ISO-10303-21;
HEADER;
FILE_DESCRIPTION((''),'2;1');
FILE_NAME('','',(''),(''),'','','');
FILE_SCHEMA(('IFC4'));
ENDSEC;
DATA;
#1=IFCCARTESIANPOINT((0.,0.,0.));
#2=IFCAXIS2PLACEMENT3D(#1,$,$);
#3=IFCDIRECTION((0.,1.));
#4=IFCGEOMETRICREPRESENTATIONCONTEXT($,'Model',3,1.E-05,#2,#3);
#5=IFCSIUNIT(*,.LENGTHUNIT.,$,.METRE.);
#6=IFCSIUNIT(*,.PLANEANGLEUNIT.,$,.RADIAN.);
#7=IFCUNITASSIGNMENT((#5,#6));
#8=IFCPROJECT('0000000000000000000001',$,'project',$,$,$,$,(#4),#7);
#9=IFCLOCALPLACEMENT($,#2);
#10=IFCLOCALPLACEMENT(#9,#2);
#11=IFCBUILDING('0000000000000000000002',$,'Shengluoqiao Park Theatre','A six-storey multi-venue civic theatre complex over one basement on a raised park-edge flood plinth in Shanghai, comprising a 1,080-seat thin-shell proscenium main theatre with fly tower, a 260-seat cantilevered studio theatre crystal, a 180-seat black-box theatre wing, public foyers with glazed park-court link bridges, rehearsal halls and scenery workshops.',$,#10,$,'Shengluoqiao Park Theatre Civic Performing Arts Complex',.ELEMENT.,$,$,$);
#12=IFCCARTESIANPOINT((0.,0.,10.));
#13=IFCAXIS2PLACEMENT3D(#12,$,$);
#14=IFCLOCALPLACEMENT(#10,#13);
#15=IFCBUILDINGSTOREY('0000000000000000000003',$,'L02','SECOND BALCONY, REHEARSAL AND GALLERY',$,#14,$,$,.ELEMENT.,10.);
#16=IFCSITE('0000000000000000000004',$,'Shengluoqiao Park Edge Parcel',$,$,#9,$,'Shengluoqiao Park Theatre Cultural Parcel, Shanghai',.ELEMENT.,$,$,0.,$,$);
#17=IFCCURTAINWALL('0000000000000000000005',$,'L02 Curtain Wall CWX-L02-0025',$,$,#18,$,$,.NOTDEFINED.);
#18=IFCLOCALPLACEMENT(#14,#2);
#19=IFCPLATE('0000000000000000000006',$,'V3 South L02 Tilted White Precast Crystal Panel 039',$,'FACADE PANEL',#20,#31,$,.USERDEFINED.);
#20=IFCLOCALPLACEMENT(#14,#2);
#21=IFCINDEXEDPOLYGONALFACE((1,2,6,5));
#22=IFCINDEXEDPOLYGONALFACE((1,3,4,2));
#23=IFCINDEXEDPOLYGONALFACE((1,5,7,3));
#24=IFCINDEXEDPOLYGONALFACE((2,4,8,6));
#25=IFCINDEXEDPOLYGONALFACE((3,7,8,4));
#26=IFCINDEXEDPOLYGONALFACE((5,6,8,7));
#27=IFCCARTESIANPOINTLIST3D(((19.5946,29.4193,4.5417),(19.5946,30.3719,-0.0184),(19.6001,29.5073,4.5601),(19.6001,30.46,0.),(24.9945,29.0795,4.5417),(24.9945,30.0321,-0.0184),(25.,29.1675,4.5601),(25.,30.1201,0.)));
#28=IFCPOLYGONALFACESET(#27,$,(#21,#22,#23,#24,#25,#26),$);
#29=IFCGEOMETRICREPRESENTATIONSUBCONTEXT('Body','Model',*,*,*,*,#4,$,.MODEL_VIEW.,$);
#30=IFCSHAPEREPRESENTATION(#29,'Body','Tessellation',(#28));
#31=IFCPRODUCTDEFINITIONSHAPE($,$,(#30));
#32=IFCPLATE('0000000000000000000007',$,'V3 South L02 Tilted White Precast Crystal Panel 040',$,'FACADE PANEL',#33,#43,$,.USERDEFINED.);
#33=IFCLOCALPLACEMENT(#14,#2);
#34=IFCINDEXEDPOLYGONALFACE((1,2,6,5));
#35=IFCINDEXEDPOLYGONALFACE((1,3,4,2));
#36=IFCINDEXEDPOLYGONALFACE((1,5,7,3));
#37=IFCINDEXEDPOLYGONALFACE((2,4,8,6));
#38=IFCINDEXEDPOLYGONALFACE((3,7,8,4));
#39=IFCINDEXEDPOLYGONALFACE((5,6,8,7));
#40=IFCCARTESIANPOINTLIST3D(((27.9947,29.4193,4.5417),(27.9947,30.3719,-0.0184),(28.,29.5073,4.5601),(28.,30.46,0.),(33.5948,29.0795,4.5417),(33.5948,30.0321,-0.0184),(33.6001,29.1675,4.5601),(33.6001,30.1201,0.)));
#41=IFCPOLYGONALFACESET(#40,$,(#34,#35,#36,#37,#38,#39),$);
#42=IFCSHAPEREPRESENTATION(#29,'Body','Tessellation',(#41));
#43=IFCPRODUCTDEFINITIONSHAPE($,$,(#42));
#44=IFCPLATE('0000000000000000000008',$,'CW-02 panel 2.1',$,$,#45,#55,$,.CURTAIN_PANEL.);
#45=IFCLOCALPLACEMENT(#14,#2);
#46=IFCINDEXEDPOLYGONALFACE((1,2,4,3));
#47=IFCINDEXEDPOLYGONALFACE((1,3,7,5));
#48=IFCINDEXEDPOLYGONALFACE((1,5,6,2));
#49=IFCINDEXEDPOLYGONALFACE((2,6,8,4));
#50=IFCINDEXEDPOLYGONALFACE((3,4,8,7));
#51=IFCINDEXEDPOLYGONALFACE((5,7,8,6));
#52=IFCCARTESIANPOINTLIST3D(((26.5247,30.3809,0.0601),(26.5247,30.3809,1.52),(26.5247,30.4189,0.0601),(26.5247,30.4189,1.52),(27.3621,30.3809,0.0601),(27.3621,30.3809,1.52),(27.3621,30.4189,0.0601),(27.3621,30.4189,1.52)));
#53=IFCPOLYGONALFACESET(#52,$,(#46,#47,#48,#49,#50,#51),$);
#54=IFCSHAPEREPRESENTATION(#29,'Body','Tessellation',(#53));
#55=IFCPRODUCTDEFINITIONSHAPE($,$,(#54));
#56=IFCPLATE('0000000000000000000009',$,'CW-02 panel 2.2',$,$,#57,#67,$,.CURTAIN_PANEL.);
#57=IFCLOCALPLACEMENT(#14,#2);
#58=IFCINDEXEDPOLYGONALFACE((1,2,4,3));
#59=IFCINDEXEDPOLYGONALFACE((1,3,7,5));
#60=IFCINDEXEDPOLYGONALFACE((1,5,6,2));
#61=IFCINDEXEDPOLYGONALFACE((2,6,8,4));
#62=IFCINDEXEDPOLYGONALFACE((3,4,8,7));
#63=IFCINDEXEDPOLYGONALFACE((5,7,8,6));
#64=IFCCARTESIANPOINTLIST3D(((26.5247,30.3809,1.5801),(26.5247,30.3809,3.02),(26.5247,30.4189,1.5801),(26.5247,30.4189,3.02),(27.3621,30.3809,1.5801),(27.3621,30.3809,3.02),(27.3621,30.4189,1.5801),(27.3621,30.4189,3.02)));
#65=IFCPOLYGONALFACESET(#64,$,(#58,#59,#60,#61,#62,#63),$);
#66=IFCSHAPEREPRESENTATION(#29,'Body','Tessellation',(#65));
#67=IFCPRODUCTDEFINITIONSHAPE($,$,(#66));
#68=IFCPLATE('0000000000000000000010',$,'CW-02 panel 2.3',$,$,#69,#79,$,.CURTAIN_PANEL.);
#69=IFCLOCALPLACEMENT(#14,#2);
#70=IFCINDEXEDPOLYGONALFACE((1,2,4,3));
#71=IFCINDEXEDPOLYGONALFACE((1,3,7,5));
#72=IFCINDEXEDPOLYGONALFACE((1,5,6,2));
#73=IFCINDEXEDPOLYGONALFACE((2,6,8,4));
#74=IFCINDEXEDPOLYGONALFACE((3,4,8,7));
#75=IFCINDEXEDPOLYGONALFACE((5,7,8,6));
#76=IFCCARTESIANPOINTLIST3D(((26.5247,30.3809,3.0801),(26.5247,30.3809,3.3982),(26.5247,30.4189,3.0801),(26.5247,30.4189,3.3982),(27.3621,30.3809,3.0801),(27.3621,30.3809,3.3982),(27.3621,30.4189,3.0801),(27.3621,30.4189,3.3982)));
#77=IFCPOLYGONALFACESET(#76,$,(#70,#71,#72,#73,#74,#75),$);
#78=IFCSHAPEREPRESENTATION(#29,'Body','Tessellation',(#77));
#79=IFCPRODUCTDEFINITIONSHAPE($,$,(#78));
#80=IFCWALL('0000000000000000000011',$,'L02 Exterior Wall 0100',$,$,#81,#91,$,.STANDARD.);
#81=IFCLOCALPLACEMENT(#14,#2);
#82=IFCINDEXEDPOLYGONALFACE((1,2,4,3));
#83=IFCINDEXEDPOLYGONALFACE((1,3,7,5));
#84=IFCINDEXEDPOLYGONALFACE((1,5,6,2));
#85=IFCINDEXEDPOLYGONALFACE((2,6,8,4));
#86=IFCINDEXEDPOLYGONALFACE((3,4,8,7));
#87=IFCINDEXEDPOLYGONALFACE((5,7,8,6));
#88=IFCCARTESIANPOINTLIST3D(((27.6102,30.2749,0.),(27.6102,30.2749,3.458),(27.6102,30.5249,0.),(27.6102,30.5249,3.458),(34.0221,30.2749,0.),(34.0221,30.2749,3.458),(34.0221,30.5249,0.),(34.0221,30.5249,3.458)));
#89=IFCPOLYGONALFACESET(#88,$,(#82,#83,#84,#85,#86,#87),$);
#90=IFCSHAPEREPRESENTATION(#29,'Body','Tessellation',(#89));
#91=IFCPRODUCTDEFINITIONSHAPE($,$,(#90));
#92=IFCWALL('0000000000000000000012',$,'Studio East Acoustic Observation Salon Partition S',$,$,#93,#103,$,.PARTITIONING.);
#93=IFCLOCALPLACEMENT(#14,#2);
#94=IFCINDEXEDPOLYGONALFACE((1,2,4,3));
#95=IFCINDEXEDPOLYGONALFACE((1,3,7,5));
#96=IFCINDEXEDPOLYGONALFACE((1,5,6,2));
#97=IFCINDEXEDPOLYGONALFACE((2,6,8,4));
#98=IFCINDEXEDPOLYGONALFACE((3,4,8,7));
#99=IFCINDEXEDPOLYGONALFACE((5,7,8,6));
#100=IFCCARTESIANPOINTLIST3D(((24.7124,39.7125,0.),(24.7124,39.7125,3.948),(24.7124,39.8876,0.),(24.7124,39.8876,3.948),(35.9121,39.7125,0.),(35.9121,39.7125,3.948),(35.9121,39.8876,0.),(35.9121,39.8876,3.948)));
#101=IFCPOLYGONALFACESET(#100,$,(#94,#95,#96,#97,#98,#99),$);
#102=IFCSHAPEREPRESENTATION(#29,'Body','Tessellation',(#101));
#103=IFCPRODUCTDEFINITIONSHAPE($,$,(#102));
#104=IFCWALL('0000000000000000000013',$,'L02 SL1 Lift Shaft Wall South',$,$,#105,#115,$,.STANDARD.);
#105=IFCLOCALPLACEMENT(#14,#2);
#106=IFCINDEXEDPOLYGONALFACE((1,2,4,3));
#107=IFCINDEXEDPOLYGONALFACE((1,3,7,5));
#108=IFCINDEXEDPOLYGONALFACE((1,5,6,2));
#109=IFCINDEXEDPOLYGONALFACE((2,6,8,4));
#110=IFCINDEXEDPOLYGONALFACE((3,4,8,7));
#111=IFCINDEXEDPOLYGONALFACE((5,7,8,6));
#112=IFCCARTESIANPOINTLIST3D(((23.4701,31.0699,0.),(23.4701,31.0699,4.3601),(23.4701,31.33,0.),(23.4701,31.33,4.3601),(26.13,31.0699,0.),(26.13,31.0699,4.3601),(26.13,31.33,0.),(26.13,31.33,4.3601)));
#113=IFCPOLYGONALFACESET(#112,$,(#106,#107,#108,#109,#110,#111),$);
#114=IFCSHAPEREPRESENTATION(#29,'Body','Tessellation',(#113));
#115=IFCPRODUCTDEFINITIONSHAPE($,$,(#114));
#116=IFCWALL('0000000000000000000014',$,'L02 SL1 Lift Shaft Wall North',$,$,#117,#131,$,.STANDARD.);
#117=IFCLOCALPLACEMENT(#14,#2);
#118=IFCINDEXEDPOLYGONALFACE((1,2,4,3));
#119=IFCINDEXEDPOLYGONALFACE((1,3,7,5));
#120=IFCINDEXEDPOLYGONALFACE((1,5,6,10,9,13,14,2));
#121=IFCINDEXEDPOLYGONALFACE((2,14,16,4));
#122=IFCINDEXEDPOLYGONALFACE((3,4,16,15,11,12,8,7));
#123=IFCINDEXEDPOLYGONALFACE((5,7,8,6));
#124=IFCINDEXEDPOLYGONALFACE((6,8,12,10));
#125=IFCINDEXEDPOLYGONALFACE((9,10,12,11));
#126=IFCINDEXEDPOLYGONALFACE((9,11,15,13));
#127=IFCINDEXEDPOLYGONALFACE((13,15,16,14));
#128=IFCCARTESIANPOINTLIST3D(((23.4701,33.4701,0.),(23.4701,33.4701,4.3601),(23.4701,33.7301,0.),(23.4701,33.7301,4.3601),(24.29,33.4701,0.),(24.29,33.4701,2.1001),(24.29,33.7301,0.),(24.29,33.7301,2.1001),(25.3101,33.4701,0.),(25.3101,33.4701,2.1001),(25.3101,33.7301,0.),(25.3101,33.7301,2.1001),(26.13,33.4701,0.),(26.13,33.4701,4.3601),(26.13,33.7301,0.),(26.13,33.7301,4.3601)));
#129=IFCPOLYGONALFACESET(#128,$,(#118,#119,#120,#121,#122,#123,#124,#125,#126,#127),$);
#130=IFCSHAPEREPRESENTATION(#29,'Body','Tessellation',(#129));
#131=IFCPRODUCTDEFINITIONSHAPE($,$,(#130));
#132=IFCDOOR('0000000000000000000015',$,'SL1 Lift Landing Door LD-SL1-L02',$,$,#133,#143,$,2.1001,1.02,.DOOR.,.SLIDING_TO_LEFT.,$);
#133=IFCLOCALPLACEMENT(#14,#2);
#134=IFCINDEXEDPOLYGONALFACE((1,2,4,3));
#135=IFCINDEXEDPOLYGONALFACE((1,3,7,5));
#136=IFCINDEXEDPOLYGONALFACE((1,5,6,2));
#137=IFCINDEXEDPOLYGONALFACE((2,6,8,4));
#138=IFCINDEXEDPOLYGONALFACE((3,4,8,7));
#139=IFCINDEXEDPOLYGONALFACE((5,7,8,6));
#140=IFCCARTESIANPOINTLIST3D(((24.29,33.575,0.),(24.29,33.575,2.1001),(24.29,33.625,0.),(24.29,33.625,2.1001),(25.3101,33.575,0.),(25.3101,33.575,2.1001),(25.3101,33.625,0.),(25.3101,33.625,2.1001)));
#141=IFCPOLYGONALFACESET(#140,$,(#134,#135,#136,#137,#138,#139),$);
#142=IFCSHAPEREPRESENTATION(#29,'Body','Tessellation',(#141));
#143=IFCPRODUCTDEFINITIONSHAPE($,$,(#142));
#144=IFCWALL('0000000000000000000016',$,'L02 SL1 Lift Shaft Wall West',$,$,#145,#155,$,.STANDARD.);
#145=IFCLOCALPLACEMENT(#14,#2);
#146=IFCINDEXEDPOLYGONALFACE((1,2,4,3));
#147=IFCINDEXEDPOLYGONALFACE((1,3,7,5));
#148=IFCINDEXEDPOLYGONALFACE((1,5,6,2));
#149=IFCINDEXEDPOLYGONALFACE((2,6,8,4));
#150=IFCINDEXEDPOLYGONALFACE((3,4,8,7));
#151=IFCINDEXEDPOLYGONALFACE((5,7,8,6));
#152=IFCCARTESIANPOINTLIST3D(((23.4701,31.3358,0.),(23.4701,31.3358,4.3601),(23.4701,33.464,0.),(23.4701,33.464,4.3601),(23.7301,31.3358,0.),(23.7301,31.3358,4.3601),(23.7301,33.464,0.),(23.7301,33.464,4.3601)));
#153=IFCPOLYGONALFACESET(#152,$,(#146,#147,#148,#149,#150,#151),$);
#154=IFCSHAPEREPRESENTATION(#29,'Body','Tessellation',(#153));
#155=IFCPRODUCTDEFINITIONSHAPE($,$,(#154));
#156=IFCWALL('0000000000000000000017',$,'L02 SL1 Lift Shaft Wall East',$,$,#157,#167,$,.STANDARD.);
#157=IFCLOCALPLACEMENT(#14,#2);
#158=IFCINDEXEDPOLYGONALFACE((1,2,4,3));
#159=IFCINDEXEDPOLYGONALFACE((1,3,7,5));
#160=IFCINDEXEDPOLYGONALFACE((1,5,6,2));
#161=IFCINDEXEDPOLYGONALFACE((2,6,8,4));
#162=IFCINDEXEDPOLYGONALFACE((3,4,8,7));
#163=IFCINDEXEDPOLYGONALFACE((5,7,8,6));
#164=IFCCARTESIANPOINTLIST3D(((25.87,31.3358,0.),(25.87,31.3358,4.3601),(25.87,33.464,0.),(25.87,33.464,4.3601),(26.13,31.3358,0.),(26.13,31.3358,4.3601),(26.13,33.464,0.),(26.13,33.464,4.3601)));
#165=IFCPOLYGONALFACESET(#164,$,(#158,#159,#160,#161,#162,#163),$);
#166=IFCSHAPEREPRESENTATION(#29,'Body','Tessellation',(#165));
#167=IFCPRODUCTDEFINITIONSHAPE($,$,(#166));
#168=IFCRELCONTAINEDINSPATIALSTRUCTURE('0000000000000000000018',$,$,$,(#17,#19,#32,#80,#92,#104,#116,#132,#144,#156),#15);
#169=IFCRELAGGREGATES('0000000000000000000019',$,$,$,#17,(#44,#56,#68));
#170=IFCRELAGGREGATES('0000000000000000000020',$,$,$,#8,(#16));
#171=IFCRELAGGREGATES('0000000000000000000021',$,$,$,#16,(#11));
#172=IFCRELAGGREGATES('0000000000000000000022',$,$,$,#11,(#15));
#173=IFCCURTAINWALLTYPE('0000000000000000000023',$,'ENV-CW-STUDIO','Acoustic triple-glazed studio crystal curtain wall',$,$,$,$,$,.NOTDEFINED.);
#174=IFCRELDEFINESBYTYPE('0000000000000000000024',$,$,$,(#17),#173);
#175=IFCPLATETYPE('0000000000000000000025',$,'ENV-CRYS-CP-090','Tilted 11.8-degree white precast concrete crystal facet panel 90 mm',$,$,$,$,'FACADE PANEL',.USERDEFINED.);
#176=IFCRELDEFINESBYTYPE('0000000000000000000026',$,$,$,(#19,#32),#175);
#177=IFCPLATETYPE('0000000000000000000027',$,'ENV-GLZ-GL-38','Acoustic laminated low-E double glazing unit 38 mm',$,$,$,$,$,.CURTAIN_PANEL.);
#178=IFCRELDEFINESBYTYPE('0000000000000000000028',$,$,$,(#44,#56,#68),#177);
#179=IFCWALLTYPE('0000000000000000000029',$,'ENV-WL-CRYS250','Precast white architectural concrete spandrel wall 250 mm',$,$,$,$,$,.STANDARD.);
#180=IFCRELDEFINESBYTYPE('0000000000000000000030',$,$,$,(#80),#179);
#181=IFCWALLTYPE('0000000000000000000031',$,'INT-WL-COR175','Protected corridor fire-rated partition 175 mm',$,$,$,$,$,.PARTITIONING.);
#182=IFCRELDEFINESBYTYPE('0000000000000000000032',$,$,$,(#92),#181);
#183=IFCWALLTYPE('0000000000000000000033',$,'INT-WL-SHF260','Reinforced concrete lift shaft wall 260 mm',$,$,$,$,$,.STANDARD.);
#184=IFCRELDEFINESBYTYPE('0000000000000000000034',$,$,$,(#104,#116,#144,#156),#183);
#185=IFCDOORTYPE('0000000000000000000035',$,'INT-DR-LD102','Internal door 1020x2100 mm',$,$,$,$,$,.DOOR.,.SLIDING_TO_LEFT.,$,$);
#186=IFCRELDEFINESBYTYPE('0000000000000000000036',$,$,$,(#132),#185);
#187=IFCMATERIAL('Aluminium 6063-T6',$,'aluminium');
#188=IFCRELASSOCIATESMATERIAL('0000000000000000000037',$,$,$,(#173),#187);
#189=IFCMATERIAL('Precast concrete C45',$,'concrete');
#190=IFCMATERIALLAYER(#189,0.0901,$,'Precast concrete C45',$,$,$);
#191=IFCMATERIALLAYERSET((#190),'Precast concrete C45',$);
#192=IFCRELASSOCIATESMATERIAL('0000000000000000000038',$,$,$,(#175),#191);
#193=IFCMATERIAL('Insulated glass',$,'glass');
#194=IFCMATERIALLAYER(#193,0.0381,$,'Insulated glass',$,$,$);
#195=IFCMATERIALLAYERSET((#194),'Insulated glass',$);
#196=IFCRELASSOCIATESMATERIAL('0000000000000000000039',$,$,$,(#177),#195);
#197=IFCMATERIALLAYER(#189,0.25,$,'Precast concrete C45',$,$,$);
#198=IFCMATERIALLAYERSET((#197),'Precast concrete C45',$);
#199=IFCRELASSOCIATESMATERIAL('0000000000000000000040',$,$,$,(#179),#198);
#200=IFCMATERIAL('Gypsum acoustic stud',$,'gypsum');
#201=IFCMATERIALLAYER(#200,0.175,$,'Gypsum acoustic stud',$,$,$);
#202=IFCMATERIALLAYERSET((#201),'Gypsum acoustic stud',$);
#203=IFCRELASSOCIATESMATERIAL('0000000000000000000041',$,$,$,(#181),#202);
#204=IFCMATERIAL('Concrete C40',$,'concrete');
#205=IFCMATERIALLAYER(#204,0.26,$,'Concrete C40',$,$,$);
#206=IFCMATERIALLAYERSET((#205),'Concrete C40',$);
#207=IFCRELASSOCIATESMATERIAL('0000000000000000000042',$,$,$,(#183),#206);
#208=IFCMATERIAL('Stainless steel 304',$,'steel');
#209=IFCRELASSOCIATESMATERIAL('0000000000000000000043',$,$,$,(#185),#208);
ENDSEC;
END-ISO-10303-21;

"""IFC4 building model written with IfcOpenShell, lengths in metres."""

from ifc_helpers import new_model, si_unit, direction, frame, frame_2d, origin, origin_2d, place, context, subcontext, project, spatial, polyline, rectangle, outline, extrude, material, layer, layer_set, type_object, element, fill, aggregate, save


model = new_model("IFC4")

# Units and contexts
model_context = context("Model", 3, precision=1e-05, world=origin(), true_north=direction((0.0, 1.0)))
body_context = subcontext(model_context, "Body", "Model", "MODEL_VIEW")
ifc_project = project(units=[si_unit("LENGTHUNIT", "METRE"), si_unit("PLANEANGLEUNIT", "RADIAN")], contexts=[model_context])

# Site, building, storey
site_placement = place(None, origin())
site = spatial("IfcSite", under=ifc_project, at=site_placement, Name="Shengluoqiao Park Edge Parcel", LongName="Shengluoqiao Park Theatre Cultural Parcel, Shanghai", CompositionType="ELEMENT", RefElevation=0.0)
building_placement = place(site_placement, origin())
building = spatial("IfcBuilding", under=site, at=building_placement, Name="Shengluoqiao Park Theatre", Description="A six-storey multi-venue civic theatre complex over one basement on a raised park-edge flood plinth in Shanghai, comprising a 1,080-seat thin-shell proscenium main theatre with fly tower, a 260-seat cantilevered studio theatre crystal, a 180-seat black-box theatre wing, public foyers with glazed park-court link bridges, rehearsal halls and scenery workshops.", LongName="Shengluoqiao Park Theatre Civic Performing Arts Complex", CompositionType="ELEMENT")
storey_placement = place(building_placement, frame((0.0, 0.0, 10.0)))
storey = spatial("IfcBuildingStorey", under=building, at=storey_placement, Name="L02", Description="SECOND BALCONY, REHEARSAL AND GALLERY", CompositionType="ELEMENT", Elevation=10.0)

# Curtain wall
ifc_material_1 = material(Name="Aluminium 6063-T6", Category="aluminium")
curtain_wall_type = type_object("IfcCurtainWallType", Name="ENV-CW-STUDIO", Description="Acoustic triple-glazed studio crystal curtain wall", PredefinedType="NOTDEFINED", material=ifc_material_1)
curtain_wall_placement = place(storey_placement, origin())
curtain_wall = element("IfcCurtainWall", 1, at=curtain_wall_placement, inside=storey, type_object=curtain_wall_type, Name="L02 Curtain Wall CWX-L02-0025", PredefinedType="NOTDEFINED")

# Plates
ifc_material_2 = material(Name="Precast concrete C45", Category="concrete")
ifc_layer_1 = layer(ifc_material_2, 0.0901, Name="Precast concrete C45")
ifc_layer_set_1 = layer_set([ifc_layer_1], Name="Precast concrete C45")
plate_type_1 = type_object("IfcPlateType", Name="ENV-CRYS-CP-090", Description="Tilted 11.8-degree white precast concrete crystal facet panel 90 mm", ElementType="FACADE PANEL", PredefinedType="USERDEFINED", material=ifc_layer_set_1)
plate_1_placement = place(storey_placement, frame((19.6001, 30.46, 0.0), z_axis=(0.061489, 0.977016, 0.204107), x_axis=(0.998025, -0.062811, 0.0)))
element("IfcPlate", 2, at=plate_1_placement, inside=storey, type_object=plate_type_1, Name="V3 South L02 Tilted White Precast Crystal Panel 039", ObjectType="FACADE PANEL", PredefinedType="USERDEFINED", context=body_context, shape_type="SweptSolid", body=[
    extrude(outline(polyline([(0.0, 0.0), (5.4106, 0.0), (5.4704, -4.6581), (0.0598, -4.6581), (0.0, 0.0)])), origin(), (0.0, 0.0, -1.0), 0.0901),
])
plate_2_placement = place(storey_placement, frame((28.0, 30.46, 0.0), z_axis=(0.059298, 0.977145, 0.204134), x_axis=(0.998164, -0.060574, 0.0)))
element("IfcPlate", 3, at=plate_2_placement, inside=storey, type_object=plate_type_1, Name="V3 South L02 Tilted White Precast Crystal Panel 040", ObjectType="FACADE PANEL", PredefinedType="USERDEFINED", context=body_context, shape_type="SweptSolid", body=[
    extrude(outline(polyline([(0.0, 0.0), (5.6104, 0.0), (5.6681, -4.6581), (0.0577, -4.6581), (0.0, 0.0)])), origin(), (0.0, 0.0, -1.0), 0.0901),
])

# Plates
ifc_material_3 = material(Name="Insulated glass", Category="glass")
ifc_layer_2 = layer(ifc_material_3, 0.0381, Name="Insulated glass")
ifc_layer_set_2 = layer_set([ifc_layer_2], Name="Insulated glass")
plate_type_2 = type_object("IfcPlateType", Name="ENV-GLZ-GL-38", Description="Acoustic laminated low-E double glazing unit 38 mm", PredefinedType="CURTAIN_PANEL", material=ifc_layer_set_2)
plate_3_placement = place(storey_placement, frame((26.9434, 30.3999, 0.0601), z_axis=(0.0, 0.0, 1.0), x_axis=(1.0, 0.0, 0.0)))
plate_3 = element("IfcPlate", 4, at=plate_3_placement, type_object=plate_type_2, Name="CW-02 panel 2.1", PredefinedType="CURTAIN_PANEL", context=body_context, shape_type="SweptSolid", body=[
    extrude(rectangle(XDim=0.8374, YDim=0.0381, at=origin_2d()), origin(), (0.0, 0.0, 1.0), 1.46),
])
plate_4_placement = place(storey_placement, frame((26.9434, 30.3999, 1.5801), z_axis=(0.0, 0.0, 1.0), x_axis=(1.0, 0.0, 0.0)))
plate_4 = element("IfcPlate", 5, at=plate_4_placement, type_object=plate_type_2, Name="CW-02 panel 2.2", PredefinedType="CURTAIN_PANEL", context=body_context, shape_type="SweptSolid", body=[
    extrude(rectangle(XDim=0.8374, YDim=0.0381, at=origin_2d()), origin(), (0.0, 0.0, 1.0), 1.4399),
])
plate_5_placement = place(storey_placement, frame((26.9434, 30.3999, 3.0801), z_axis=(0.0, 0.0, 1.0), x_axis=(1.0, 0.0, 0.0)))
plate_5 = element("IfcPlate", 6, at=plate_5_placement, type_object=plate_type_2, Name="CW-02 panel 2.3", PredefinedType="CURTAIN_PANEL", context=body_context, shape_type="SweptSolid", body=[
    extrude(rectangle(XDim=0.8374, YDim=0.0381, at=origin_2d()), origin(), (0.0, 0.0, 1.0), 0.3181),
])
aggregate(curtain_wall, [plate_3, plate_4, plate_5])

# Walls
ifc_layer_3 = layer(ifc_material_2, 0.25, Name="Precast concrete C45")
ifc_layer_set_3 = layer_set([ifc_layer_3], Name="Precast concrete C45")
wall_type_1 = type_object("IfcWallType", Name="ENV-WL-CRYS250", Description="Precast white architectural concrete spandrel wall 250 mm", PredefinedType="STANDARD", material=ifc_layer_set_3)
wall_1_placement = place(storey_placement, frame((27.6101, 30.3999, 0.0), z_axis=(0.0, 0.0, 1.0), x_axis=(1.0, 0.0, 0.0)))
element("IfcWall", 7, at=wall_1_placement, inside=storey, type_object=wall_type_1, Name="L02 Exterior Wall 0100", PredefinedType="STANDARD", context=body_context, shape_type="SweptSolid", body=[
    extrude(rectangle(XDim=6.4119, YDim=0.25, at=frame_2d((3.2061, 0.0))), origin(), (0.0, 0.0, 1.0), 3.458),
])
ifc_material_4 = material(Name="Gypsum acoustic stud", Category="gypsum")
ifc_layer_4 = layer(ifc_material_4, 0.175, Name="Gypsum acoustic stud")
ifc_layer_set_4 = layer_set([ifc_layer_4], Name="Gypsum acoustic stud")
wall_type_2 = type_object("IfcWallType", Name="INT-WL-COR175", Description="Protected corridor fire-rated partition 175 mm", PredefinedType="PARTITIONING", material=ifc_layer_set_4)
wall_2_placement = place(storey_placement, frame((24.7124, 39.8, 0.0), z_axis=(0.0, 0.0, 1.0), x_axis=(1.0, 0.0, 0.0)))
element("IfcWall", 8, at=wall_2_placement, inside=storey, type_object=wall_type_2, Name="Studio East Acoustic Observation Salon Partition S", PredefinedType="PARTITIONING", context=body_context, shape_type="SweptSolid", body=[
    extrude(rectangle(XDim=11.1997, YDim=0.175, at=frame_2d((5.5999, 0.0))), origin(), (0.0, 0.0, 1.0), 3.948),
])
ifc_material_5 = material(Name="Concrete C40", Category="concrete")
ifc_layer_5 = layer(ifc_material_5, 0.26, Name="Concrete C40")
ifc_layer_set_5 = layer_set([ifc_layer_5], Name="Concrete C40")
wall_type_3 = type_object("IfcWallType", Name="INT-WL-SHF260", Description="Reinforced concrete lift shaft wall 260 mm", PredefinedType="STANDARD", material=ifc_layer_set_5)
wall_3_placement = place(storey_placement, frame((23.47, 31.2, 0.0), z_axis=(0.0, 0.0, 1.0), x_axis=(1.0, 0.0, 0.0)))
element("IfcWall", 9, at=wall_3_placement, inside=storey, type_object=wall_type_3, Name="L02 SL1 Lift Shaft Wall South", PredefinedType="STANDARD", context=body_context, shape_type="SweptSolid", body=[
    extrude(rectangle(XDim=2.6599, YDim=0.26, at=frame_2d((1.3301, 0.0))), origin(), (0.0, 0.0, 1.0), 4.3601),
])

# Wall, opening, door
wall_4_placement = place(storey_placement, frame((23.47, 33.6001, 0.0), z_axis=(0.0, 0.0, 1.0), x_axis=(1.0, 0.0, 0.0)))
wall_4 = element("IfcWall", 10, at=wall_4_placement, inside=storey, type_object=wall_type_3, Name="L02 SL1 Lift Shaft Wall North", PredefinedType="STANDARD", context=body_context, shape_type="SweptSolid", body=[
    extrude(rectangle(XDim=2.6599, YDim=0.26, at=frame_2d((1.3301, 0.0))), origin(), (0.0, 0.0, 1.0), 4.3601),
])
opening_placement = place(wall_4_placement, frame((0.8201, 0.0, 0.0)))
opening = element("IfcOpeningElement", 11, at=opening_placement, cuts=wall_4, PredefinedType="OPENING", context=body_context, shape_type="SweptSolid", body=[
    extrude(rectangle(XDim=1.02, YDim=2.1001, at=frame_2d((0.51, 1.05))), frame((0.0, 0.1399, 0.0), z_axis=(0.0, -1.0, 0.0), x_axis=(1.0, 0.0, 0.0)), (0.0, 0.0, 1.0), 0.28),
])
ifc_material_6 = material(Name="Stainless steel 304", Category="steel")
door_type = type_object("IfcDoorType", Name="INT-DR-LD102", Description="Internal door 1020x2100 mm", OperationType="SLIDING_TO_LEFT", PredefinedType="DOOR", material=ifc_material_6)
door_placement = place(opening_placement, origin())
door = element("IfcDoor", 12, at=door_placement, inside=storey, type_object=door_type, Name="SL1 Lift Landing Door LD-SL1-L02", OperationType="SLIDING_TO_LEFT", OverallHeight=2.1001, OverallWidth=1.02, PredefinedType="DOOR", context=body_context, shape_type="SweptSolid", body=[
    extrude(rectangle(XDim=1.02, YDim=2.1001, at=frame_2d((0.51, 1.05))), frame((0.0, 0.0249, 0.0), z_axis=(0.0, -1.0, 0.0), x_axis=(1.0, 0.0, 0.0)), (0.0, 0.0, 1.0), 0.05),
])
fill(opening, door)

# Walls
for number, where, z_axis, x_axis, name in (
    (13, (23.6001, 31.3359, 0.0), (0.0, 0.0, 1.0), (0.0, 1.0, 0.0), "L02 SL1 Lift Shaft Wall West"),
    (14, (26.0, 31.3359, 0.0), (0.0, 0.0, 1.0), (0.0, 1.0, 0.0), "L02 SL1 Lift Shaft Wall East"),
):
    element("IfcWall", number, at=place(storey_placement, frame(where, z_axis=z_axis, x_axis=x_axis)), inside=storey, type_object=wall_type_3, Name=name, PredefinedType="STANDARD", context=body_context, shape_type="SweptSolid", body=[
        extrude(rectangle(XDim=2.1282, YDim=0.26, at=frame_2d((1.064, 0.0))), origin(), (0.0, 0.0, 1.0), 4.3601),
    ])

save(model, "model.ifc")
